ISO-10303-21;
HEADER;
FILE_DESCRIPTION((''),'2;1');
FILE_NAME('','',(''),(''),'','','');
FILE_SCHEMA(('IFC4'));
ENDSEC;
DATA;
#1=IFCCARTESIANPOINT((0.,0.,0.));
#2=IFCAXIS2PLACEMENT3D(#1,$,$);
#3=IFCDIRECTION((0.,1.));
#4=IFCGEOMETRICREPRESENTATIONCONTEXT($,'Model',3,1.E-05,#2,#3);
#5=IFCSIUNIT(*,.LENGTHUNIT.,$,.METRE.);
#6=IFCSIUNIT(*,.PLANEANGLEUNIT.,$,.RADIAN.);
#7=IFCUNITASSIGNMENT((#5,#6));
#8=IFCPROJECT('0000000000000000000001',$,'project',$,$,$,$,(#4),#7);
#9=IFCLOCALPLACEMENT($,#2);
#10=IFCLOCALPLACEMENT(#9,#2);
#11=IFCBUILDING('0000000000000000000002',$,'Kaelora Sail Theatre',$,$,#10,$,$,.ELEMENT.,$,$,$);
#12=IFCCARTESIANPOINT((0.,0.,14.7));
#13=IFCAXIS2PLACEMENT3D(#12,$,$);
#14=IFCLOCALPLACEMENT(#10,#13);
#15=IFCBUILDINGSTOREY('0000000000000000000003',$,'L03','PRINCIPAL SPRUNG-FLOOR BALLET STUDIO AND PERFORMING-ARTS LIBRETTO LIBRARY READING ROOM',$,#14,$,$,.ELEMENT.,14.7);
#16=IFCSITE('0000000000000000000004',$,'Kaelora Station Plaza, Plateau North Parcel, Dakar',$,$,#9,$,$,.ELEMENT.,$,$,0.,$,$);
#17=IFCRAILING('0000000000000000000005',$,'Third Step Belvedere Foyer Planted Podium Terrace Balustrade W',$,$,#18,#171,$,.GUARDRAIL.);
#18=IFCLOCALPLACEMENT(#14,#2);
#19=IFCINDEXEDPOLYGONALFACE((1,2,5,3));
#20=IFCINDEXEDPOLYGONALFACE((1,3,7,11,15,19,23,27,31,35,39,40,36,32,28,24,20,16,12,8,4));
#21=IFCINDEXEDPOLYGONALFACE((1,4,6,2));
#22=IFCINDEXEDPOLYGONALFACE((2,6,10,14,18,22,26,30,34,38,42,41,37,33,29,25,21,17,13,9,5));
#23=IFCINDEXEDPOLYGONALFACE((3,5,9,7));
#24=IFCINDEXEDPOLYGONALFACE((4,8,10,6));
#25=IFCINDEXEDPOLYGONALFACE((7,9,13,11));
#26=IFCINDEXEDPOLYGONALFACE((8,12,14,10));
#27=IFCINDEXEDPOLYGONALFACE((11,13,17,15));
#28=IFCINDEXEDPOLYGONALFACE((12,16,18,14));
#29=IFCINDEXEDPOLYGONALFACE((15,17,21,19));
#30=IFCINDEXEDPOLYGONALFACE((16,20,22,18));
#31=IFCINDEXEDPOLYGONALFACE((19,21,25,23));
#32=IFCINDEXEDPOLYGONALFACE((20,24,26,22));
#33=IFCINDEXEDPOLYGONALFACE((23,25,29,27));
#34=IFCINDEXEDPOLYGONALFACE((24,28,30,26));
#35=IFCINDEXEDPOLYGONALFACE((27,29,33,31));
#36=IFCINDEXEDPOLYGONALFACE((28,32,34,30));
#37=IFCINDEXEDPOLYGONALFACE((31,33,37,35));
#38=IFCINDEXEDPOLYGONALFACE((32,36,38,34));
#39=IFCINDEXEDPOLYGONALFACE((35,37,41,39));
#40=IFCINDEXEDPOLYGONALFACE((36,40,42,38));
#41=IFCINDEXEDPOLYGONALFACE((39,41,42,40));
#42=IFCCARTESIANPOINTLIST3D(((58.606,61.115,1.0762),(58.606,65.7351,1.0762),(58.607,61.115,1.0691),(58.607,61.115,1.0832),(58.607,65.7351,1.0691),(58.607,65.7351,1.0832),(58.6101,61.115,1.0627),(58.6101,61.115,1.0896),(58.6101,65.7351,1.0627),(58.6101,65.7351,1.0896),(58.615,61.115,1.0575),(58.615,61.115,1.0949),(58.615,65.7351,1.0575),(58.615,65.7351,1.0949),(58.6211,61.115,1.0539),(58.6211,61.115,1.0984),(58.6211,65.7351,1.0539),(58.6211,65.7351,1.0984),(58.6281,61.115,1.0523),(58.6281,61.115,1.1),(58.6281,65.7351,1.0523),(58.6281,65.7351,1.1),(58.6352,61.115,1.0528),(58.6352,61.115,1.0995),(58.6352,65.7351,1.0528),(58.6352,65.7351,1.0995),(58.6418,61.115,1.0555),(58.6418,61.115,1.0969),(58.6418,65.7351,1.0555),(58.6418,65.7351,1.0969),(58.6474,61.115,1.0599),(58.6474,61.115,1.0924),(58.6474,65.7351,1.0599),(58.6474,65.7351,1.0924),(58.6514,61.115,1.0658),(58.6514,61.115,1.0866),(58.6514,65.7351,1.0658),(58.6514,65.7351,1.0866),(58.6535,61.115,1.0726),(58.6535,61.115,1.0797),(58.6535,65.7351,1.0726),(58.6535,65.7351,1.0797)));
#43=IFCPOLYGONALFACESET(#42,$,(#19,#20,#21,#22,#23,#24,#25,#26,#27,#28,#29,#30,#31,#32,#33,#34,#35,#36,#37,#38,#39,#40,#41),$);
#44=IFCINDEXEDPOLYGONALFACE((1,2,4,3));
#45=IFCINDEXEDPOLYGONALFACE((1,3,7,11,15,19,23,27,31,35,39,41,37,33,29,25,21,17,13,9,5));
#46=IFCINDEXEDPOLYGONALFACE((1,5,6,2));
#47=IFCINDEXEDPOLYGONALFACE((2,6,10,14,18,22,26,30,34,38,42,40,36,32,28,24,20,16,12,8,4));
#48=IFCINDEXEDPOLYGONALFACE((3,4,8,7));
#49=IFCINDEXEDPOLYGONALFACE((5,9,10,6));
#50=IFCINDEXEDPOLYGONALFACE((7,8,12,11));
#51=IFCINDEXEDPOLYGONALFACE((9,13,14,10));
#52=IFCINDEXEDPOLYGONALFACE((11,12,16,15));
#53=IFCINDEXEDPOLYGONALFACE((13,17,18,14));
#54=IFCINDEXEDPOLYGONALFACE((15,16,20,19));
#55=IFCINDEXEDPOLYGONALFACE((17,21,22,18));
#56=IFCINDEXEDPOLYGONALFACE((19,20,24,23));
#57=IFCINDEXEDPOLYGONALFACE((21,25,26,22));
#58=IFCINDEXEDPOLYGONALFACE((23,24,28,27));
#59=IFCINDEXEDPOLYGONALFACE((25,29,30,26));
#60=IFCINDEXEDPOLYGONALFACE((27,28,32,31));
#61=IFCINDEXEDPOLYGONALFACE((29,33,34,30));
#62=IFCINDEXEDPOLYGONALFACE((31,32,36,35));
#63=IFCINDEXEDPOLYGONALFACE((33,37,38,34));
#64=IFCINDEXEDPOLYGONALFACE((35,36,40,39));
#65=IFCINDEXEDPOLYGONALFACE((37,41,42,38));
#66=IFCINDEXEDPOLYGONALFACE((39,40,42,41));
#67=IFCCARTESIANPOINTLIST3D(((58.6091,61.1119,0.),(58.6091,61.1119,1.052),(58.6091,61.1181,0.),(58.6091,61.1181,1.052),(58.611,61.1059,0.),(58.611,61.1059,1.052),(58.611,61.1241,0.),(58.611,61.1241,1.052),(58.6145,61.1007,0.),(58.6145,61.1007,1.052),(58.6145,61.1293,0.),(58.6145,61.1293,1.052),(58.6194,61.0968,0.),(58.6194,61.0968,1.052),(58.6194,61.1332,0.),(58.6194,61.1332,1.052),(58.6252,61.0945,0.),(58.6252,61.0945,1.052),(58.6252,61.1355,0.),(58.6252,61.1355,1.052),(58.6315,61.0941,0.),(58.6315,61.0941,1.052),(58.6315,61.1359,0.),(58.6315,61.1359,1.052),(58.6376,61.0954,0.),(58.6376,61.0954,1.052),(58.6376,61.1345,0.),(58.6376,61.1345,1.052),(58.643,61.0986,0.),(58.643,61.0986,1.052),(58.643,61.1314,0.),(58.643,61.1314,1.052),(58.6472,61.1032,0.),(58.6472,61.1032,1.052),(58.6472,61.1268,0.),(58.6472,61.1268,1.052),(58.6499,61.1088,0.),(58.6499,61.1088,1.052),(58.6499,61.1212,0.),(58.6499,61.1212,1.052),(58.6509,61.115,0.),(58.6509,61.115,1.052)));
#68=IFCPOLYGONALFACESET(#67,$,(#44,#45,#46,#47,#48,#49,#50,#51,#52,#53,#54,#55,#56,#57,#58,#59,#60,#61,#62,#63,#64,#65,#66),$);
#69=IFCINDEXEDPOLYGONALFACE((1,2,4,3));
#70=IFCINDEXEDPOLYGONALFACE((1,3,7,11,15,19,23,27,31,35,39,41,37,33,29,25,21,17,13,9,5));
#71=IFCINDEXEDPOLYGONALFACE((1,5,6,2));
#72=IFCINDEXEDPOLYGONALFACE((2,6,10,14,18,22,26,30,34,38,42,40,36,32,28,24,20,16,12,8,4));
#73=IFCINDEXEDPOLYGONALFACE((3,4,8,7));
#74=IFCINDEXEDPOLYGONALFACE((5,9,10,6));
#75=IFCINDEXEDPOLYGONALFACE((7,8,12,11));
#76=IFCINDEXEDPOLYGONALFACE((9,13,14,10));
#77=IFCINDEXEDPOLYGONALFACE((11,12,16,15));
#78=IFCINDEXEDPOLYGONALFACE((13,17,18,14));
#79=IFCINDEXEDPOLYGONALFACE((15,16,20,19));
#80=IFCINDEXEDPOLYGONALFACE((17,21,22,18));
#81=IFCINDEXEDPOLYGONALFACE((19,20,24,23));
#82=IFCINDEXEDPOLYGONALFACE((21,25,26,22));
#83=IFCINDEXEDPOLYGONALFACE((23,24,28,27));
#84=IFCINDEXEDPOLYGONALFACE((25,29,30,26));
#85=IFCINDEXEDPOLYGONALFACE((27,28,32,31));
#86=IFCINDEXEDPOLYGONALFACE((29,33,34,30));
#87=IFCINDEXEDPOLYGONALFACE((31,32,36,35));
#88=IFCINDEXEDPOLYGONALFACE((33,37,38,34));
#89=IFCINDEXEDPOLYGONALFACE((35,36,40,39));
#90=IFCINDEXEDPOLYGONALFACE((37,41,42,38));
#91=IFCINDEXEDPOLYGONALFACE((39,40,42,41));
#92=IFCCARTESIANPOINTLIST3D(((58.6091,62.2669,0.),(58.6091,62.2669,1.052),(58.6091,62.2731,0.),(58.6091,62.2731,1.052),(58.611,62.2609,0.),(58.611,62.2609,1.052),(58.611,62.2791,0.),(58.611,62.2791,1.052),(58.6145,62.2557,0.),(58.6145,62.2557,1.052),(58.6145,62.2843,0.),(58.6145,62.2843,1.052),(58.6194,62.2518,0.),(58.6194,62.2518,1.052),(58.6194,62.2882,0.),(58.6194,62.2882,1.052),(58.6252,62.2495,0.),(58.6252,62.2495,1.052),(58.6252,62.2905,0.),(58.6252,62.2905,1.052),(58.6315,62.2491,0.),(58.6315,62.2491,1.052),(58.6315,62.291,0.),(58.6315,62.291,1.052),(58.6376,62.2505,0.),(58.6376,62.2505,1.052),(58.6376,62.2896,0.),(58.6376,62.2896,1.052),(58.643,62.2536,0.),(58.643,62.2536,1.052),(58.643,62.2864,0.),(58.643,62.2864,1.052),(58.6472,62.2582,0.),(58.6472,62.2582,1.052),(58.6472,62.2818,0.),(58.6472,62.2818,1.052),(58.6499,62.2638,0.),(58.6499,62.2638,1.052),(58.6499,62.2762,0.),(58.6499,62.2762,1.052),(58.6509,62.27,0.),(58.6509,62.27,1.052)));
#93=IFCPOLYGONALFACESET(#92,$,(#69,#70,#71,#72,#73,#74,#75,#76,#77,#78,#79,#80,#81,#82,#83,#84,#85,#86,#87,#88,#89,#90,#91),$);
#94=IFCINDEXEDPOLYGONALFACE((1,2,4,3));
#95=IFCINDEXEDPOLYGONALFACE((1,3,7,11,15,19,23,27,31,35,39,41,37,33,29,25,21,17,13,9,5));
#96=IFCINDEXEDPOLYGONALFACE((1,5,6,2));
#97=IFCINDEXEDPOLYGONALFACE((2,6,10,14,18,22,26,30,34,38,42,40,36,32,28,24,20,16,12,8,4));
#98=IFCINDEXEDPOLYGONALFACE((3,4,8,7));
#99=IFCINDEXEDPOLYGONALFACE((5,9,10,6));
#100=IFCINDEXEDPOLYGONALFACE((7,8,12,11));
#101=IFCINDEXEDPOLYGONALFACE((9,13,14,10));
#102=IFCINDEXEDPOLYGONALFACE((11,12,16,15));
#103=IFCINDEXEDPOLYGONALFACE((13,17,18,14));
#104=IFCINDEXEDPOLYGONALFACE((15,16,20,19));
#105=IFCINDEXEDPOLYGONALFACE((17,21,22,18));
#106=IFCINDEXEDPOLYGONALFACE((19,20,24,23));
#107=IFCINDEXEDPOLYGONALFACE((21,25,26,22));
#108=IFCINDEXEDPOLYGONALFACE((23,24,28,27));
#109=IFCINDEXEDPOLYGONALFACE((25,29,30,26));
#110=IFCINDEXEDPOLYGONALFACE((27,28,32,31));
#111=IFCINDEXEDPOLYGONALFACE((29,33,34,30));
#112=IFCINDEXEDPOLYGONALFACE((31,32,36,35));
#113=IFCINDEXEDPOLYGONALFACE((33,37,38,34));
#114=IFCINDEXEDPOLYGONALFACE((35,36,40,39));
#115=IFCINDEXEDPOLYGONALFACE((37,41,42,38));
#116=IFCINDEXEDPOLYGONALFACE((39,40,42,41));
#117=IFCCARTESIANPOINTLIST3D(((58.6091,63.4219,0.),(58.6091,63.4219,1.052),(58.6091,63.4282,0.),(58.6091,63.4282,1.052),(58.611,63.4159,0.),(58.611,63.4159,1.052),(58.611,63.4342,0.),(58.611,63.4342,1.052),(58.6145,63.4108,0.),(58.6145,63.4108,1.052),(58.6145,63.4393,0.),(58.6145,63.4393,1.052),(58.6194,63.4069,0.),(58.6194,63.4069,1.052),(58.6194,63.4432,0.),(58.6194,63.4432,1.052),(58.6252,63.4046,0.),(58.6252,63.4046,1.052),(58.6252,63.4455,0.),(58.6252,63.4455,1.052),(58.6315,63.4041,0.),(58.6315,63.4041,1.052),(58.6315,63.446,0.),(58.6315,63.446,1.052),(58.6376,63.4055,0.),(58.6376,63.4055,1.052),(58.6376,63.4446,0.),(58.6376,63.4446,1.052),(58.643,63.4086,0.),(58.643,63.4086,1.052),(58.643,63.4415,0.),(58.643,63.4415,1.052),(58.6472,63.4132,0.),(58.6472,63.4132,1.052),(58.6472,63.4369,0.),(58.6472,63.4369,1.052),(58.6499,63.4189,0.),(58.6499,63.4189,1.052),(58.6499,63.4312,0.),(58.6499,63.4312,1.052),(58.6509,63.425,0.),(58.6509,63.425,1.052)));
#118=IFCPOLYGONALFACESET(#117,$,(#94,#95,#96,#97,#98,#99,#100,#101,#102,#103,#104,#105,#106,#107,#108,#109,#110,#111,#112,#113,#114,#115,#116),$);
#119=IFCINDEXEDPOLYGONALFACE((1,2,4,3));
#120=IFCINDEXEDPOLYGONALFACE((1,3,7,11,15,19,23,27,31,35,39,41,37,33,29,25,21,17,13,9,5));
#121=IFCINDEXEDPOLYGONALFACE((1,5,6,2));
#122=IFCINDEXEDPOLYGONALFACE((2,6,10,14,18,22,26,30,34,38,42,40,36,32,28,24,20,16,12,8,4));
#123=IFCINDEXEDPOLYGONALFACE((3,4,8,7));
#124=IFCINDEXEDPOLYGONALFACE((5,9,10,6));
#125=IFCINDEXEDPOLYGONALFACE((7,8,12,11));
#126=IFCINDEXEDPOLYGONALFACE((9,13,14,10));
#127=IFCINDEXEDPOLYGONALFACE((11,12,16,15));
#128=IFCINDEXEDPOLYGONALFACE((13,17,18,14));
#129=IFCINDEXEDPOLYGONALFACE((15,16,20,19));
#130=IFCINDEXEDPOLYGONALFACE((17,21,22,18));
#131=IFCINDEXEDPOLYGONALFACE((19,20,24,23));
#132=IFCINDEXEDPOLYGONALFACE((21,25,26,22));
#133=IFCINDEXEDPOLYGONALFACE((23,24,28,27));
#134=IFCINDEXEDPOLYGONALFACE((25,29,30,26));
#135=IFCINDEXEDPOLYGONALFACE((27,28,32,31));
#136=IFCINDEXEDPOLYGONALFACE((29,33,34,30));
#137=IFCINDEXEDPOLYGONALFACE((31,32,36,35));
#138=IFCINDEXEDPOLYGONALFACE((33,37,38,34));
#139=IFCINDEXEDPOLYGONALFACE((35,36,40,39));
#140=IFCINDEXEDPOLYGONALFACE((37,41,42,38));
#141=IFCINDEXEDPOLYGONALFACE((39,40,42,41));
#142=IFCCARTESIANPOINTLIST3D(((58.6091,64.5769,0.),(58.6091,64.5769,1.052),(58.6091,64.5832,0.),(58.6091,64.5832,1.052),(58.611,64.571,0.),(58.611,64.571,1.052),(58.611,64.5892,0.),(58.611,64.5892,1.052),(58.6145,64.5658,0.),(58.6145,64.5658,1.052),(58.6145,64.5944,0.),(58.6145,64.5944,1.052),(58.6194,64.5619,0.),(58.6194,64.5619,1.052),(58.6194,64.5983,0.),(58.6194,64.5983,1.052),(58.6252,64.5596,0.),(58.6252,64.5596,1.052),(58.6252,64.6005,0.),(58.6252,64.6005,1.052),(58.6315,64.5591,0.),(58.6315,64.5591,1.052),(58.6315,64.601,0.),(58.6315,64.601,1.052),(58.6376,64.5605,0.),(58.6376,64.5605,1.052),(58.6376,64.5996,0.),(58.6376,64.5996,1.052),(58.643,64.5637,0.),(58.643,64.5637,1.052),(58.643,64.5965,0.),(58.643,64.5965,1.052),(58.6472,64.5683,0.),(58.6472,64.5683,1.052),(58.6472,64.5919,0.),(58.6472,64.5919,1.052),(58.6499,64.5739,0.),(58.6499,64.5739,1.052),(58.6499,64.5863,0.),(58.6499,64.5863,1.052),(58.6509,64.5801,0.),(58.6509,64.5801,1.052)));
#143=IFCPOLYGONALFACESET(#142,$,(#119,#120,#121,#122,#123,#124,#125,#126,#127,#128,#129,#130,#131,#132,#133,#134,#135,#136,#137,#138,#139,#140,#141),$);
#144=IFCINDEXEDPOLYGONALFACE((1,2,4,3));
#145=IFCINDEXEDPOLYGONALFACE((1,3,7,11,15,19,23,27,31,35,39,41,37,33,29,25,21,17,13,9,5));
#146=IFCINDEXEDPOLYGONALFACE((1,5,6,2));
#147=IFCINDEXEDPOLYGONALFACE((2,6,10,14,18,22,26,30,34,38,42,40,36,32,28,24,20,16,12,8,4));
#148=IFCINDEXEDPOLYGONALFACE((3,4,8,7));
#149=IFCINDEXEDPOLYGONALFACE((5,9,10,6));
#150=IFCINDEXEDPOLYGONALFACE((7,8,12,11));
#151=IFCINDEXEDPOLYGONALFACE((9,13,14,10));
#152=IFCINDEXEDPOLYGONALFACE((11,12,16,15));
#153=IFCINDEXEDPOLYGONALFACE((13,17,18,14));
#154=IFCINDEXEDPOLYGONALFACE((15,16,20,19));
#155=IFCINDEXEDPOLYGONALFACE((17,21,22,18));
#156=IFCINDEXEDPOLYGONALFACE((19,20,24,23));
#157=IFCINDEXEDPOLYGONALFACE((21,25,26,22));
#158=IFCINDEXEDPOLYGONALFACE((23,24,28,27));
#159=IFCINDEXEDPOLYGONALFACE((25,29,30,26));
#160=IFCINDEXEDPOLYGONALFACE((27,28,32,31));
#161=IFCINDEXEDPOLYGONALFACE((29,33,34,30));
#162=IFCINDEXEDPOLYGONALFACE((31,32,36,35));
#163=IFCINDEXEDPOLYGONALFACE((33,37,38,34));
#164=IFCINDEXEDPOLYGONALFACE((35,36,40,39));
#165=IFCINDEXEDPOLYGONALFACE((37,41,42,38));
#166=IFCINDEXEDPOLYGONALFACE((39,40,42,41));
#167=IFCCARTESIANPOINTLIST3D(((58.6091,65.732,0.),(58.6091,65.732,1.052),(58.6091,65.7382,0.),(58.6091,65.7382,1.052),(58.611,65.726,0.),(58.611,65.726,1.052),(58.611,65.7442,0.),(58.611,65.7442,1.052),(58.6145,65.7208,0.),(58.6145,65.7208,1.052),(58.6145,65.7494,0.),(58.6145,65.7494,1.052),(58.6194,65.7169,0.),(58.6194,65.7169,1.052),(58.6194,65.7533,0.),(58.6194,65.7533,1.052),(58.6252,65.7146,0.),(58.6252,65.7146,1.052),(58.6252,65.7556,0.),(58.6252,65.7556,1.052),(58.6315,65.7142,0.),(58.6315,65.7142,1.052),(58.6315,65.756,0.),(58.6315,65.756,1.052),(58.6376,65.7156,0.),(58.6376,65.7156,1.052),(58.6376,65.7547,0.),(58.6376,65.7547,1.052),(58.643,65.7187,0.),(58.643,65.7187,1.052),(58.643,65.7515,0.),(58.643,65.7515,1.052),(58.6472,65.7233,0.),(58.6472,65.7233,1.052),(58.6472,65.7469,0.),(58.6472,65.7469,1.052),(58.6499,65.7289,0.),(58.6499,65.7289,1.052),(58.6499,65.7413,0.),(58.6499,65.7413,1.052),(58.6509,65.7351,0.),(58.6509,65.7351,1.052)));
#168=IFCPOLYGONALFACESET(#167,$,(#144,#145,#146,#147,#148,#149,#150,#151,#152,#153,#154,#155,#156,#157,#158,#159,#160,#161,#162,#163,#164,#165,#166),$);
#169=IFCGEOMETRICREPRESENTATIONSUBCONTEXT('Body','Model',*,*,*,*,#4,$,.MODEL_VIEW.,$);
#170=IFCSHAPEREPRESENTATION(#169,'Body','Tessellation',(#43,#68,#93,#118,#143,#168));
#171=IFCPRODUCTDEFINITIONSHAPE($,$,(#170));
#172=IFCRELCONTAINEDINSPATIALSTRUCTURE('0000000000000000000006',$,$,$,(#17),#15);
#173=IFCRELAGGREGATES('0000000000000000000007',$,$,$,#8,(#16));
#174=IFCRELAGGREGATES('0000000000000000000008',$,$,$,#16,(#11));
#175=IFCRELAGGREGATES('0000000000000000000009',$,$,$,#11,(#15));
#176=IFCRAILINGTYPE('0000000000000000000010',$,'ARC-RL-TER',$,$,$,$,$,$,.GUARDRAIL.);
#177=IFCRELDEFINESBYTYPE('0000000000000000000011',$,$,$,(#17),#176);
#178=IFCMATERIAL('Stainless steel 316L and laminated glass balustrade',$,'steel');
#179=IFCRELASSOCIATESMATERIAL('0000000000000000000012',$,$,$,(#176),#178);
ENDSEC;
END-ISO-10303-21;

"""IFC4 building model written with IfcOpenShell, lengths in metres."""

from ifc_helpers import new_model, si_unit, direction, frame, origin, origin_2d, place, context, subcontext, project, spatial, circle, extrude, material, type_object, element, save


model = new_model("IFC4")

# Units and contexts
model_context = context("Model", 3, precision=1e-05, world=origin(), true_north=direction((0.0, 1.0)))
body_context = subcontext(model_context, "Body", "Model", "MODEL_VIEW")
ifc_project = project(units=[si_unit("LENGTHUNIT", "METRE"), si_unit("PLANEANGLEUNIT", "RADIAN")], contexts=[model_context])

# Site, building, storey
site_placement = place(None, origin())
site = spatial("IfcSite", under=ifc_project, at=site_placement, Name="Kaelora Station Plaza, Plateau North Parcel, Dakar", CompositionType="ELEMENT", RefElevation=0.0)
building_placement = place(site_placement, origin())
building = spatial("IfcBuilding", under=site, at=building_placement, Name="Kaelora Sail Theatre", CompositionType="ELEMENT")
storey_placement = place(building_placement, frame((0.0, 0.0, 14.7)))
storey = spatial("IfcBuildingStorey", under=building, at=storey_placement, Name="L03", Description="PRINCIPAL SPRUNG-FLOOR BALLET STUDIO AND PERFORMING-ARTS LIBRETTO LIBRARY READING ROOM", CompositionType="ELEMENT", Elevation=14.7)

# Railing
ifc_material_1 = material(Name="Stainless steel 316L and laminated glass balustrade", Category="steel")
railing_type = type_object("IfcRailingType", Name="ARC-RL-TER", PredefinedType="GUARDRAIL", material=ifc_material_1)
railing_1_placement = place(storey_placement, frame((58.6299, 61.115, 0.0)))
element("IfcRailing", 1, at=railing_1_placement, inside=storey, type_object=railing_type, Name="Third Step Belvedere Foyer Planted Podium Terrace Balustrade W", PredefinedType="GUARDRAIL", context=body_context, shape_type="SweptSolid", body=[
    extrude(circle(Radius=0.0239, at=origin_2d()), frame((0.0, 0.0, 1.0762), z_axis=(0.0, 1.0, 0.0), x_axis=(-1.0, 0.0, 0.0)), (0.0, 0.0, 1.0), 4.6201),
    extrude(circle(Radius=0.021, at=origin_2d()), origin(), (0.0, 0.0, 1.0), 1.052),
    extrude(circle(Radius=0.021, at=origin_2d()), frame((0.0, 1.155, 0.0)), (0.0, 0.0, 1.0), 1.052),
    extrude(circle(Radius=0.021, at=origin_2d()), frame((0.0, 2.3101, 0.0)), (0.0, 0.0, 1.0), 1.052),
    extrude(circle(Radius=0.021, at=origin_2d()), frame((0.0, 3.4651, 0.0)), (0.0, 0.0, 1.0), 1.052),
    extrude(circle(Radius=0.021, at=origin_2d()), frame((0.0, 4.6201, 0.0)), (0.0, 0.0, 1.0), 1.052),
])

save(model, "model.ifc")
